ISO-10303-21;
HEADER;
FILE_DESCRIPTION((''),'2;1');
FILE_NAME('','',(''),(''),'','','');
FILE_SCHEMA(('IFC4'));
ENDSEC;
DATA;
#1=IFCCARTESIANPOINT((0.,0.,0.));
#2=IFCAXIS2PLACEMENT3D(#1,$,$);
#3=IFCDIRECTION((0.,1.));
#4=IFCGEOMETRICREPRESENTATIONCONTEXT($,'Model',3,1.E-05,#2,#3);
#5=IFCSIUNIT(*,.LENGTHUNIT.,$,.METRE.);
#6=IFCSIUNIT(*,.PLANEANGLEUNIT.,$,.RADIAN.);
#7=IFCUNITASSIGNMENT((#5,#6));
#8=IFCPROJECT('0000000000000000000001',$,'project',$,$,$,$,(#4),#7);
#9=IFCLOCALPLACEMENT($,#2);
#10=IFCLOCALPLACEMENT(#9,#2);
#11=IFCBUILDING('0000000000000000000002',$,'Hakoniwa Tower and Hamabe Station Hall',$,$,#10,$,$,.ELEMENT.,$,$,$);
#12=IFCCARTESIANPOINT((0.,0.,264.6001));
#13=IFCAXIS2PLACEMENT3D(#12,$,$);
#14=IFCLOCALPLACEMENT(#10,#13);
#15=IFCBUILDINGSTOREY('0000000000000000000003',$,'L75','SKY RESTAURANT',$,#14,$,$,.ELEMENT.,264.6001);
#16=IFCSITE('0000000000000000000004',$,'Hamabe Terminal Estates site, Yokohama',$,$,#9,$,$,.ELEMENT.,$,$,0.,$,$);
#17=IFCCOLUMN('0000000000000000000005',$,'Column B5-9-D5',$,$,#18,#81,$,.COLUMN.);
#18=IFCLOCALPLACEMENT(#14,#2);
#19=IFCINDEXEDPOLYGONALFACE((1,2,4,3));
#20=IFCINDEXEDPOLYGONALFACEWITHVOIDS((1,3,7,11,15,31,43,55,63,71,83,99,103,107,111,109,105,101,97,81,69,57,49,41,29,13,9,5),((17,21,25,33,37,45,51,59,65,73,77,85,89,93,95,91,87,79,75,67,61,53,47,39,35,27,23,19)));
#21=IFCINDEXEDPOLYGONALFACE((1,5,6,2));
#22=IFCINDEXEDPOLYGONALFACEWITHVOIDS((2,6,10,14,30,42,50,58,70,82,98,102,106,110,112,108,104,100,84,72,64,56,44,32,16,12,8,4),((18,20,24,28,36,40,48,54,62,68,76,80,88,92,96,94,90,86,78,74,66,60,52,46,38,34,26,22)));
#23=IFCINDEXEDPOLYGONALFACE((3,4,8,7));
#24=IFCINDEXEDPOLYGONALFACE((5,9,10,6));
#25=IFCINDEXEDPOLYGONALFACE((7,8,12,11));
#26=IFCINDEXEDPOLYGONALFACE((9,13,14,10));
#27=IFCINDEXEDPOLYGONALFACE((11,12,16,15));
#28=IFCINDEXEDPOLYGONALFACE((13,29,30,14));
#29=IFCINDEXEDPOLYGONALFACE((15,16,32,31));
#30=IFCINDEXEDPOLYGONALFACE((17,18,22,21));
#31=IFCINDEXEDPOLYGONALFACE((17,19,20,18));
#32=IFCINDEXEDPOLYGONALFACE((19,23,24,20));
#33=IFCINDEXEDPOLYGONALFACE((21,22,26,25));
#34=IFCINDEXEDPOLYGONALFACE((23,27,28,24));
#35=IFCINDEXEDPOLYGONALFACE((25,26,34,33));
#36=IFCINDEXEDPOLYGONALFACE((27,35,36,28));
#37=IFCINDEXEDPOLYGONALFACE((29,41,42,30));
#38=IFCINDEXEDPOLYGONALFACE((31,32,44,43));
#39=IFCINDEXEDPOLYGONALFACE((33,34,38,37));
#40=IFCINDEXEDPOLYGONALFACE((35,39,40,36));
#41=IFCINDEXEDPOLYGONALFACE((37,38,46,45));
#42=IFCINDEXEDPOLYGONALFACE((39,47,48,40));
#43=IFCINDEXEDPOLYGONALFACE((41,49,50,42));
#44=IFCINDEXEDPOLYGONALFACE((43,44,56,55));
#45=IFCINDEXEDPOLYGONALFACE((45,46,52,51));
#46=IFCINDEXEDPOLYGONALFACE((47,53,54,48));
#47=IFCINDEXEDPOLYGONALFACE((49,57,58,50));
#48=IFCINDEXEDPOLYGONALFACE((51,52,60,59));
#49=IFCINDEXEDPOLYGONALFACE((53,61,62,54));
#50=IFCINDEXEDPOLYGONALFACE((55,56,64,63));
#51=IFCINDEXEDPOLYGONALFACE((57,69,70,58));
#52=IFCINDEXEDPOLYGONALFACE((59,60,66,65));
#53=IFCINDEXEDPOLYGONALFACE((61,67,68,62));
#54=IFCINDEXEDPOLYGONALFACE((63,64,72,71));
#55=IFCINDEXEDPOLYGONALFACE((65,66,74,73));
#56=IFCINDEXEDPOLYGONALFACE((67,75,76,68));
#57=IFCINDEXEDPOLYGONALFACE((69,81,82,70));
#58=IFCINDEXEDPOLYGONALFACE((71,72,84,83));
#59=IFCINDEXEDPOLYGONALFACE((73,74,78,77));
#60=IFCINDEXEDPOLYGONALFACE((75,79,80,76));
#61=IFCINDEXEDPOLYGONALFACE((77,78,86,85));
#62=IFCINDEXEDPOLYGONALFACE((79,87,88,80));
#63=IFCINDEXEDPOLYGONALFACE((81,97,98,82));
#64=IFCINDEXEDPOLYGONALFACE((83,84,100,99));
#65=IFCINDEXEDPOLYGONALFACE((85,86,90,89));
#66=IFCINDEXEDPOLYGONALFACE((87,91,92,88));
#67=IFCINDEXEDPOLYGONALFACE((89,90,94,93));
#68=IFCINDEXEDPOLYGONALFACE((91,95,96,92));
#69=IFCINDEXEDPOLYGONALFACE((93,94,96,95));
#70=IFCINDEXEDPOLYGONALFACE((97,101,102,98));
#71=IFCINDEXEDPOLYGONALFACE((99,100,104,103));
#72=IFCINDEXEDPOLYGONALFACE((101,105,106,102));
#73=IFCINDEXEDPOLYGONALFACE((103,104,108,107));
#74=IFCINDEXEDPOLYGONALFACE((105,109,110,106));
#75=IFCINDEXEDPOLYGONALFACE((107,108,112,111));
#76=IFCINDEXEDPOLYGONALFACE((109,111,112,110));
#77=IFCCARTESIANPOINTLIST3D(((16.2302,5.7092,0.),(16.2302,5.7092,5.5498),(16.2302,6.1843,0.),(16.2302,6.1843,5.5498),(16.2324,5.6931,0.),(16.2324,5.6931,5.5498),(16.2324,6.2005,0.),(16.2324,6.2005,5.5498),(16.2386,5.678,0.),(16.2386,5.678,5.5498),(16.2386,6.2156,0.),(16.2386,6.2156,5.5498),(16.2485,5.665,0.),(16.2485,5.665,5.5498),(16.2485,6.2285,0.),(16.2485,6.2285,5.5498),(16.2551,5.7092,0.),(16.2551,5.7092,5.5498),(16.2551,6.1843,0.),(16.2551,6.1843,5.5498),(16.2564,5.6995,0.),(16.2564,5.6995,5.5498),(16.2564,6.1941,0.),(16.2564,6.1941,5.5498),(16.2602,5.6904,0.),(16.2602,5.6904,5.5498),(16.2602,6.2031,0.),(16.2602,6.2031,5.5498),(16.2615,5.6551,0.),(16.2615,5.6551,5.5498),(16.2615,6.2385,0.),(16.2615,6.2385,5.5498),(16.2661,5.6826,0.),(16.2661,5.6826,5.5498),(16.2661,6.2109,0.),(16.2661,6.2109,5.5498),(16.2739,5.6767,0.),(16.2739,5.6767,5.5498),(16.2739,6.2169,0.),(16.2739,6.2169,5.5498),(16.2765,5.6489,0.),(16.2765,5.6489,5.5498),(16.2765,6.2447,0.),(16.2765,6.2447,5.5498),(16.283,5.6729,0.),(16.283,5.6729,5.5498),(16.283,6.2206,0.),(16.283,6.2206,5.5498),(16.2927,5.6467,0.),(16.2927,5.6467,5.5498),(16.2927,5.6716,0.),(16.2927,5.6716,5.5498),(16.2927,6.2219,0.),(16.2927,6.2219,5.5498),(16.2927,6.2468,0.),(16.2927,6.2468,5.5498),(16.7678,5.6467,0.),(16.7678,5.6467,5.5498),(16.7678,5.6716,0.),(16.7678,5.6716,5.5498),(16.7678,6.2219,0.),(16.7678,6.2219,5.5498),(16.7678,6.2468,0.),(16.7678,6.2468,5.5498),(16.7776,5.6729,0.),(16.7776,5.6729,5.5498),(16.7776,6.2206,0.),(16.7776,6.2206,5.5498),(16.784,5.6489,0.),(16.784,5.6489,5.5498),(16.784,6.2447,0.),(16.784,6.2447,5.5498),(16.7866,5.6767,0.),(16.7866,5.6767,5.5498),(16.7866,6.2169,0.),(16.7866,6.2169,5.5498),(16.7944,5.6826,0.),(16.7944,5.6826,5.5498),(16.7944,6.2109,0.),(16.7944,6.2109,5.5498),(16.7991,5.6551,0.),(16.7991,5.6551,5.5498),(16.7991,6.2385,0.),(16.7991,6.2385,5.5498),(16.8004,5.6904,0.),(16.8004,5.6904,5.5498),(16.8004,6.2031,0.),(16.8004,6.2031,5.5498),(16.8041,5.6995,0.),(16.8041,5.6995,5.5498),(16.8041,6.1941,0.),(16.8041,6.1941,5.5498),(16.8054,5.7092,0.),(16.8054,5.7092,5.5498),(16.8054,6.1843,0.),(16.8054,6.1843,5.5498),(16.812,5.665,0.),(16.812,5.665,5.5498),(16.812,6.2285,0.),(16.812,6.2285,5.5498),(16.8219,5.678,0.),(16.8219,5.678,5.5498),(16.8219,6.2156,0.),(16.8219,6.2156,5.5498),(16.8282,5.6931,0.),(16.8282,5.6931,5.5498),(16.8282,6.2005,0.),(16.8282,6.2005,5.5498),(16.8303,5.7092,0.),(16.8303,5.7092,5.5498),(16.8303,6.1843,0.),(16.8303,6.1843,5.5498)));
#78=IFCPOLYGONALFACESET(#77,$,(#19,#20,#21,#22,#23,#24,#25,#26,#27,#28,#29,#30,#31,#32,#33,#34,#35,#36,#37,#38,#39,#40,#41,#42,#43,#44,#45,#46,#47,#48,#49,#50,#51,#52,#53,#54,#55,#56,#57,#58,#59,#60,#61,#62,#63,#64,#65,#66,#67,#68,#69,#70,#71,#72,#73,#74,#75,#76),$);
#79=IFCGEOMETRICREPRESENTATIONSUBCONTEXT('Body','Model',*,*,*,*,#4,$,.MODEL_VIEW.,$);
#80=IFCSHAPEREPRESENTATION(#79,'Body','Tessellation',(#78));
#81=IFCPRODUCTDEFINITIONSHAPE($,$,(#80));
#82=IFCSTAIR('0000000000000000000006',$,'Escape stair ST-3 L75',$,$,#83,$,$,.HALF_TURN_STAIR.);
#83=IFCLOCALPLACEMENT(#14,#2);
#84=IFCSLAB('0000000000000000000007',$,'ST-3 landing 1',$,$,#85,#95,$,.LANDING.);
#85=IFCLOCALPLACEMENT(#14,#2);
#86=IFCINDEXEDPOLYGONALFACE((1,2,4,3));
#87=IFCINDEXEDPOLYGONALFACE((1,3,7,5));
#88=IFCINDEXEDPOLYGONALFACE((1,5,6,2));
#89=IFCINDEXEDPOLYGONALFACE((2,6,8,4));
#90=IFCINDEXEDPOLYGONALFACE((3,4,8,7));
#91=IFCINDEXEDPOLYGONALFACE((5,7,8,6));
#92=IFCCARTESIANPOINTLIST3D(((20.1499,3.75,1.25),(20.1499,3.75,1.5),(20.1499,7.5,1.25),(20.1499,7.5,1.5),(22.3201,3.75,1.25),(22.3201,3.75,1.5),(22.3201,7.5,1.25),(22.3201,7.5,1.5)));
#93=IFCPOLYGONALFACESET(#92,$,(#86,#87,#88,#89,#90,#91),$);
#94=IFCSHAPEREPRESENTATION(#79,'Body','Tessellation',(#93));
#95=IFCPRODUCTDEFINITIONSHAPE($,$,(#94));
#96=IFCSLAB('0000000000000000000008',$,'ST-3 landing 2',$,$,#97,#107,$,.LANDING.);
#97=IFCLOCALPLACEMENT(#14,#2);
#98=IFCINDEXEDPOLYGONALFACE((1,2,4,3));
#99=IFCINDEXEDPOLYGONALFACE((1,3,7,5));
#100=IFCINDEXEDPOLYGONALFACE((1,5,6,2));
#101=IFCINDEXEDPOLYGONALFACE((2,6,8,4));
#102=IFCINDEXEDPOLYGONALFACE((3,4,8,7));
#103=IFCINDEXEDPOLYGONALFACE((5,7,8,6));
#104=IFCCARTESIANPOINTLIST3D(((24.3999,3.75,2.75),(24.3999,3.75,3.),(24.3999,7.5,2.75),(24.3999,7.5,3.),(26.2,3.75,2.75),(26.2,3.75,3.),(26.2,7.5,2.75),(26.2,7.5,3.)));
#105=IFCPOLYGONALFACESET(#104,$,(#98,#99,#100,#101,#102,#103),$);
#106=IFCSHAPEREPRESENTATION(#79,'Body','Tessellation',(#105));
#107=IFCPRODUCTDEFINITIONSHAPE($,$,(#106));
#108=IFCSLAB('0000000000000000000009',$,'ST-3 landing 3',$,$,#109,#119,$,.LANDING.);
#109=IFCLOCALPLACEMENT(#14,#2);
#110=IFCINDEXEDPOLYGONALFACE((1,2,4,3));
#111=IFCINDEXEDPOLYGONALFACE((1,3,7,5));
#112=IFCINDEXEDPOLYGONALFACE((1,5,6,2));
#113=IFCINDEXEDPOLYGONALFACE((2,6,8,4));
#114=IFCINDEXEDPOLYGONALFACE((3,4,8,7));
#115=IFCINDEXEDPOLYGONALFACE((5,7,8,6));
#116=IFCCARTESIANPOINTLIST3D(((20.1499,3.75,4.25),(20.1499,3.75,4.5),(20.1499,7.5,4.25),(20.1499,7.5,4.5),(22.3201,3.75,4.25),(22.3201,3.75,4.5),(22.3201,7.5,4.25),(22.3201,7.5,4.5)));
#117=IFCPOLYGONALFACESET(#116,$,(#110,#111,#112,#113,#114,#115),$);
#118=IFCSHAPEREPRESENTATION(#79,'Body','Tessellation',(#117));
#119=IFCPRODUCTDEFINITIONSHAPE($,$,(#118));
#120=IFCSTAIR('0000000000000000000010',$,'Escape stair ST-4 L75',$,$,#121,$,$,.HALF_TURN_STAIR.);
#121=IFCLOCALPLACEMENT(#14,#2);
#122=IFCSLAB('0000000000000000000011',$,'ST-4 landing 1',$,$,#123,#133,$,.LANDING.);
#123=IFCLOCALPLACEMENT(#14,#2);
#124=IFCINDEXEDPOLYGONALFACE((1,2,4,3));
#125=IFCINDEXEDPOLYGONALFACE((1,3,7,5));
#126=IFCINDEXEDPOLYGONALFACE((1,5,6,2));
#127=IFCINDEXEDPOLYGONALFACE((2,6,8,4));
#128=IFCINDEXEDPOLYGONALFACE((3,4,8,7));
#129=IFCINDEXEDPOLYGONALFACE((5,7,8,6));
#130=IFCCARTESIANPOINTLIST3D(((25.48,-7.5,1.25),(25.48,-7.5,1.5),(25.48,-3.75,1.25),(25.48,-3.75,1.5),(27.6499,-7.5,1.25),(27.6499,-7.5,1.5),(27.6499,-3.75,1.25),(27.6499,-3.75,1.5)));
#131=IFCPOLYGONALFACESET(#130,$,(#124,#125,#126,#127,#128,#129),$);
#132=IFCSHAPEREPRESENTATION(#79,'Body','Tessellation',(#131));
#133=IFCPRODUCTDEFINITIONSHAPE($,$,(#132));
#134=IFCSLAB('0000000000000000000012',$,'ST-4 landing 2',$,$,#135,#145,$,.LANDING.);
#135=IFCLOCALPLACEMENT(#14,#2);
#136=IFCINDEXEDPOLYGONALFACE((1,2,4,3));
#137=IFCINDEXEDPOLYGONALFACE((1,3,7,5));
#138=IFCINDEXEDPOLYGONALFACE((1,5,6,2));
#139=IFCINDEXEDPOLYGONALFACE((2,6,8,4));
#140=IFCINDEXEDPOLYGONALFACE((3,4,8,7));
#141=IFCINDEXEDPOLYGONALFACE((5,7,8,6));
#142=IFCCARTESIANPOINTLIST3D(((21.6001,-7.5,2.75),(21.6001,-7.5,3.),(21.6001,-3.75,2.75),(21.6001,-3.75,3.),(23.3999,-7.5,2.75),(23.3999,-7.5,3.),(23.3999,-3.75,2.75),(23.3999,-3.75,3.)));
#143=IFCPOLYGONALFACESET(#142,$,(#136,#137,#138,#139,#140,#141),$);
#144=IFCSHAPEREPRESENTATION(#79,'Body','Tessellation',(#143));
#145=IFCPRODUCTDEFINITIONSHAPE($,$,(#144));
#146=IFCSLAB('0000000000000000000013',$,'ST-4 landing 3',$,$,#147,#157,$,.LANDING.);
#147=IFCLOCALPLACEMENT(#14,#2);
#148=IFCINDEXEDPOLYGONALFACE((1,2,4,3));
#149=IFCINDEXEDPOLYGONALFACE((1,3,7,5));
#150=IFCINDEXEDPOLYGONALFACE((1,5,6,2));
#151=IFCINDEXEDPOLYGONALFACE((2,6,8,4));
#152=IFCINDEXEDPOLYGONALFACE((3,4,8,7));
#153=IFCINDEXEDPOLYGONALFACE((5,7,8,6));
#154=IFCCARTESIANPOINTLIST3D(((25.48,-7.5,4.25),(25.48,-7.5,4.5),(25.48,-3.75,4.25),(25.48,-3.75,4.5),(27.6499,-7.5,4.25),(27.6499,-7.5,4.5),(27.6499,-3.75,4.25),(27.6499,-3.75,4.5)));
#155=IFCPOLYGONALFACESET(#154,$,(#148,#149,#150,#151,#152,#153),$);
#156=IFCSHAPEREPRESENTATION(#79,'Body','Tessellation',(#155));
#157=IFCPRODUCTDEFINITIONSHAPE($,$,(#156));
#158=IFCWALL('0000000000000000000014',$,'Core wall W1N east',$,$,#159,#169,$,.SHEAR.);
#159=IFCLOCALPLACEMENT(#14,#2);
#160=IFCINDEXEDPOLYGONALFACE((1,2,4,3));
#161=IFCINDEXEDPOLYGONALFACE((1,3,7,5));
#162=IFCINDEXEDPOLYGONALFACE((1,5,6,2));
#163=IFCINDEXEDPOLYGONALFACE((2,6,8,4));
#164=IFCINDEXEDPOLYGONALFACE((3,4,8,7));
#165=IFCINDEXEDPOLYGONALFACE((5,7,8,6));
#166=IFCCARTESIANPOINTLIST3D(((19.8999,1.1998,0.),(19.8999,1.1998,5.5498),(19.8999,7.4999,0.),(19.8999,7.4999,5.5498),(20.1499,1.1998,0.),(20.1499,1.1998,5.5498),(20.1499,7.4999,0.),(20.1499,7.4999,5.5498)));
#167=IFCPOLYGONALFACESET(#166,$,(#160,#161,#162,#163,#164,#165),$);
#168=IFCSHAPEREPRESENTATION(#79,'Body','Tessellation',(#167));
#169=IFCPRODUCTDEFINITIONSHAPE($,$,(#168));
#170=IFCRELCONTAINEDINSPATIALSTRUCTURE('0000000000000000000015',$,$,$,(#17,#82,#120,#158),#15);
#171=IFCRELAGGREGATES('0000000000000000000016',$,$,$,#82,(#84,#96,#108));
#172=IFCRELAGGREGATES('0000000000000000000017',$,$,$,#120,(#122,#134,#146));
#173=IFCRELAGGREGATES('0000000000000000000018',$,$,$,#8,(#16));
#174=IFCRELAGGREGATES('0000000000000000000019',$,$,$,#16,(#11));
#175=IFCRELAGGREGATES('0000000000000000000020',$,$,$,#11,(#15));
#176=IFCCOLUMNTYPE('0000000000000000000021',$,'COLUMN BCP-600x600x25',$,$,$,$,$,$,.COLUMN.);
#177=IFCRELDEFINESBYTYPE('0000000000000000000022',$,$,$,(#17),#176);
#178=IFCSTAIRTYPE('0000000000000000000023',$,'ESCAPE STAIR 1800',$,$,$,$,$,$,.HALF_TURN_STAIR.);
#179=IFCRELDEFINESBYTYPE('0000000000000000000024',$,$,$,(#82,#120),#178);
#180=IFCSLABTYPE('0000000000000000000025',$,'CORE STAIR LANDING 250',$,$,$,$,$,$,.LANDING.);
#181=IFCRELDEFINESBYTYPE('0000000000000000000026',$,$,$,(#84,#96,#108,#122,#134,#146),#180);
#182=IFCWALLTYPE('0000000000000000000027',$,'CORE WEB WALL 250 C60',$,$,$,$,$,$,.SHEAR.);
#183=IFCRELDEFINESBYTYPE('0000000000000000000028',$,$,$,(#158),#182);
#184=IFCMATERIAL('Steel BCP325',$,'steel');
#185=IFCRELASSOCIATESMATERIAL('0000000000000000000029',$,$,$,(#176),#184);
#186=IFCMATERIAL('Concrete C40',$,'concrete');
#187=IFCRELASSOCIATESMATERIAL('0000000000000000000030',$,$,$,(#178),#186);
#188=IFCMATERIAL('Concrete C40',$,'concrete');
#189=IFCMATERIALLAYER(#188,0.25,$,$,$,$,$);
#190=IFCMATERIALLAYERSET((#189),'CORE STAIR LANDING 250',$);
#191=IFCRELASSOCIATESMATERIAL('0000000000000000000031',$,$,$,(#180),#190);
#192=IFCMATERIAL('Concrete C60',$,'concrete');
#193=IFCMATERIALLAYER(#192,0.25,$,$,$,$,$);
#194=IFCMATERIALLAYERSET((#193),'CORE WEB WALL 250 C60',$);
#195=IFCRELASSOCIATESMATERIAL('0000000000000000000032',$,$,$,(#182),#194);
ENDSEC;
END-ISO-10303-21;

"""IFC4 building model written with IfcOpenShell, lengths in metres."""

from ifc_helpers import new_model, si_unit, direction, frame, frame_2d, origin, origin_2d, place, context, subcontext, project, spatial, polyline, rectangle, hollow_rectangle, outline, extrude, material, layer, layer_set, material_profile, profile_set, type_object, element, aggregate, save


model = new_model("IFC4")

# Units and contexts
model_context = context("Model", 3, precision=1e-05, world=origin(), true_north=direction((0.0, 1.0)))
body_context = subcontext(model_context, "Body", "Model", "MODEL_VIEW")
ifc_project = project(units=[si_unit("LENGTHUNIT", "METRE"), si_unit("PLANEANGLEUNIT", "RADIAN")], contexts=[model_context])

# Site, building, storey
site_placement = place(None, origin())
site = spatial("IfcSite", under=ifc_project, at=site_placement, Name="Hamabe Terminal Estates site, Yokohama", CompositionType="ELEMENT", RefElevation=0.0)
building_placement = place(site_placement, origin())
building = spatial("IfcBuilding", under=site, at=building_placement, Name="Hakoniwa Tower and Hamabe Station Hall", CompositionType="ELEMENT")
storey_placement = place(building_placement, frame((0.0, 0.0, 264.6001)))
storey = spatial("IfcBuildingStorey", under=building, at=storey_placement, Name="L75", Description="SKY RESTAURANT", CompositionType="ELEMENT", Elevation=264.6001)

# Column
ifc_material_1 = material(Name="Steel BCP325", Category="steel")
ifc_material_profile = material_profile(ifc_material_1, hollow_rectangle(XDim=0.6001, YDim=0.6001, WallThickness=0.0249, InnerFilletRadius=0.0376, OuterFilletRadius=0.0625, at=origin_2d()), Name="BCP-600x600x25")
ifc_profile_set = profile_set([ifc_material_profile], Name="Steel BCP325")
column_type = type_object("IfcColumnType", Name="COLUMN BCP-600x600x25", PredefinedType="COLUMN", material=ifc_profile_set)
for number, where, z_axis, x_axis, name in (
    (1, (16.5303, 5.9468, 0.0), (0.0, 0.0, 1.0), (1.0, 0.0, 0.0), "Column B5-9-D5"),
):
    element("IfcColumn", number, at=place(storey_placement, frame(where, z_axis=z_axis, x_axis=x_axis)), inside=storey, type_object=column_type, Name=name, PredefinedType="COLUMN", context=body_context, shape_type="SweptSolid", body=[
        extrude(hollow_rectangle(XDim=0.6001, YDim=0.6001, WallThickness=0.0249, InnerFilletRadius=0.0376, OuterFilletRadius=0.0625, at=origin_2d()), origin(), (0.0, 0.0, 1.0), 5.5498),
    ])

# Stairs, slabs
ifc_material_2 = material(Name="Concrete C40", Category="concrete")
stair_type = type_object("IfcStairType", Name="ESCAPE STAIR 1800", PredefinedType="HALF_TURN_STAIR", material=ifc_material_2)
stair_1_placement = place(storey_placement, origin())
stair_1 = element("IfcStair", 2, at=stair_1_placement, inside=storey, type_object=stair_type, Name="Escape stair ST-3 L75", PredefinedType="HALF_TURN_STAIR")
ifc_material_3 = material(Name="Concrete C40", Category="concrete")
ifc_layer_1 = layer(ifc_material_3, 0.25)
ifc_layer_set_1 = layer_set([ifc_layer_1], Name="CORE STAIR LANDING 250")
slab_type = type_object("IfcSlabType", Name="CORE STAIR LANDING 250", PredefinedType="LANDING", material=ifc_layer_set_1)
slab_1_placement = place(storey_placement, frame((0.0, 0.0, 1.25)))
slab_1 = element("IfcSlab", 3, at=slab_1_placement, type_object=slab_type, Name="ST-3 landing 1", PredefinedType="LANDING", context=body_context, shape_type="SweptSolid", body=[
    extrude(outline(polyline([(22.3201, 3.75), (20.1499, 3.75), (20.1499, 7.5), (22.3201, 7.5), (22.3201, 3.75)])), origin(), (0.0, 0.0, 1.0), 0.25),
])
slab_2_placement = place(storey_placement, frame((0.0, 0.0, 2.75)))
slab_2 = element("IfcSlab", 4, at=slab_2_placement, type_object=slab_type, Name="ST-3 landing 2", PredefinedType="LANDING", context=body_context, shape_type="SweptSolid", body=[
    extrude(outline(polyline([(26.2, 3.75), (24.3999, 3.75), (24.3999, 7.5), (26.2, 7.5), (26.2, 3.75)])), origin(), (0.0, 0.0, 1.0), 0.25),
])
slab_3_placement = place(storey_placement, frame((0.0, 0.0, 4.25)))
slab_3 = element("IfcSlab", 5, at=slab_3_placement, type_object=slab_type, Name="ST-3 landing 3", PredefinedType="LANDING", context=body_context, shape_type="SweptSolid", body=[
    extrude(outline(polyline([(22.3201, 3.75), (20.1499, 3.75), (20.1499, 7.5), (22.3201, 7.5), (22.3201, 3.75)])), origin(), (0.0, 0.0, 1.0), 0.25),
])
aggregate(stair_1, [slab_1, slab_2, slab_3])
stair_2_placement = place(storey_placement, origin())
stair_2 = element("IfcStair", 6, at=stair_2_placement, inside=storey, type_object=stair_type, Name="Escape stair ST-4 L75", PredefinedType="HALF_TURN_STAIR")
slab_4_placement = place(storey_placement, frame((0.0, 0.0, 1.25)))
slab_4 = element("IfcSlab", 7, at=slab_4_placement, type_object=slab_type, Name="ST-4 landing 1", PredefinedType="LANDING", context=body_context, shape_type="SweptSolid", body=[
    extrude(outline(polyline([(25.48, -7.5), (27.6499, -7.5), (27.6499, -3.75), (25.48, -3.75), (25.48, -7.5)])), origin(), (0.0, 0.0, 1.0), 0.25),
])
slab_5_placement = place(storey_placement, frame((0.0, 0.0, 2.75)))
slab_5 = element("IfcSlab", 8, at=slab_5_placement, type_object=slab_type, Name="ST-4 landing 2", PredefinedType="LANDING", context=body_context, shape_type="SweptSolid", body=[
    extrude(outline(polyline([(21.6001, -7.5), (23.3999, -7.5), (23.3999, -3.75), (21.6001, -3.75), (21.6001, -7.5)])), origin(), (0.0, 0.0, 1.0), 0.25),
])
slab_6_placement = place(storey_placement, frame((0.0, 0.0, 4.25)))
slab_6 = element("IfcSlab", 9, at=slab_6_placement, type_object=slab_type, Name="ST-4 landing 3", PredefinedType="LANDING", context=body_context, shape_type="SweptSolid", body=[
    extrude(outline(polyline([(25.48, -7.5), (27.6499, -7.5), (27.6499, -3.75), (25.48, -3.75), (25.48, -7.5)])), origin(), (0.0, 0.0, 1.0), 0.25),
])
aggregate(stair_2, [slab_4, slab_5, slab_6])

# Wall
ifc_material_4 = material(Name="Concrete C60", Category="concrete")
ifc_layer_2 = layer(ifc_material_4, 0.25)
ifc_layer_set_2 = layer_set([ifc_layer_2], Name="CORE WEB WALL 250 C60")
wall_type_1 = type_object("IfcWallType", Name="CORE WEB WALL 250 C60", PredefinedType="SHEAR", material=ifc_layer_set_2)
wall_1_placement = place(storey_placement, frame((20.0249, 1.2, 0.0), z_axis=(0.0, 0.0, 1.0), x_axis=(0.0, 1.0, 0.0)))
element("IfcWall", 10, at=wall_1_placement, inside=storey, type_object=wall_type_1, Name="Core wall W1N east", PredefinedType="SHEAR", context=body_context, shape_type="SweptSolid", body=[
    extrude(rectangle(XDim=6.3, YDim=0.25, at=frame_2d((3.1499, 0.0))), origin(), (0.0, 0.0, 1.0), 5.5498),
])

save(model, "model.ifc")
